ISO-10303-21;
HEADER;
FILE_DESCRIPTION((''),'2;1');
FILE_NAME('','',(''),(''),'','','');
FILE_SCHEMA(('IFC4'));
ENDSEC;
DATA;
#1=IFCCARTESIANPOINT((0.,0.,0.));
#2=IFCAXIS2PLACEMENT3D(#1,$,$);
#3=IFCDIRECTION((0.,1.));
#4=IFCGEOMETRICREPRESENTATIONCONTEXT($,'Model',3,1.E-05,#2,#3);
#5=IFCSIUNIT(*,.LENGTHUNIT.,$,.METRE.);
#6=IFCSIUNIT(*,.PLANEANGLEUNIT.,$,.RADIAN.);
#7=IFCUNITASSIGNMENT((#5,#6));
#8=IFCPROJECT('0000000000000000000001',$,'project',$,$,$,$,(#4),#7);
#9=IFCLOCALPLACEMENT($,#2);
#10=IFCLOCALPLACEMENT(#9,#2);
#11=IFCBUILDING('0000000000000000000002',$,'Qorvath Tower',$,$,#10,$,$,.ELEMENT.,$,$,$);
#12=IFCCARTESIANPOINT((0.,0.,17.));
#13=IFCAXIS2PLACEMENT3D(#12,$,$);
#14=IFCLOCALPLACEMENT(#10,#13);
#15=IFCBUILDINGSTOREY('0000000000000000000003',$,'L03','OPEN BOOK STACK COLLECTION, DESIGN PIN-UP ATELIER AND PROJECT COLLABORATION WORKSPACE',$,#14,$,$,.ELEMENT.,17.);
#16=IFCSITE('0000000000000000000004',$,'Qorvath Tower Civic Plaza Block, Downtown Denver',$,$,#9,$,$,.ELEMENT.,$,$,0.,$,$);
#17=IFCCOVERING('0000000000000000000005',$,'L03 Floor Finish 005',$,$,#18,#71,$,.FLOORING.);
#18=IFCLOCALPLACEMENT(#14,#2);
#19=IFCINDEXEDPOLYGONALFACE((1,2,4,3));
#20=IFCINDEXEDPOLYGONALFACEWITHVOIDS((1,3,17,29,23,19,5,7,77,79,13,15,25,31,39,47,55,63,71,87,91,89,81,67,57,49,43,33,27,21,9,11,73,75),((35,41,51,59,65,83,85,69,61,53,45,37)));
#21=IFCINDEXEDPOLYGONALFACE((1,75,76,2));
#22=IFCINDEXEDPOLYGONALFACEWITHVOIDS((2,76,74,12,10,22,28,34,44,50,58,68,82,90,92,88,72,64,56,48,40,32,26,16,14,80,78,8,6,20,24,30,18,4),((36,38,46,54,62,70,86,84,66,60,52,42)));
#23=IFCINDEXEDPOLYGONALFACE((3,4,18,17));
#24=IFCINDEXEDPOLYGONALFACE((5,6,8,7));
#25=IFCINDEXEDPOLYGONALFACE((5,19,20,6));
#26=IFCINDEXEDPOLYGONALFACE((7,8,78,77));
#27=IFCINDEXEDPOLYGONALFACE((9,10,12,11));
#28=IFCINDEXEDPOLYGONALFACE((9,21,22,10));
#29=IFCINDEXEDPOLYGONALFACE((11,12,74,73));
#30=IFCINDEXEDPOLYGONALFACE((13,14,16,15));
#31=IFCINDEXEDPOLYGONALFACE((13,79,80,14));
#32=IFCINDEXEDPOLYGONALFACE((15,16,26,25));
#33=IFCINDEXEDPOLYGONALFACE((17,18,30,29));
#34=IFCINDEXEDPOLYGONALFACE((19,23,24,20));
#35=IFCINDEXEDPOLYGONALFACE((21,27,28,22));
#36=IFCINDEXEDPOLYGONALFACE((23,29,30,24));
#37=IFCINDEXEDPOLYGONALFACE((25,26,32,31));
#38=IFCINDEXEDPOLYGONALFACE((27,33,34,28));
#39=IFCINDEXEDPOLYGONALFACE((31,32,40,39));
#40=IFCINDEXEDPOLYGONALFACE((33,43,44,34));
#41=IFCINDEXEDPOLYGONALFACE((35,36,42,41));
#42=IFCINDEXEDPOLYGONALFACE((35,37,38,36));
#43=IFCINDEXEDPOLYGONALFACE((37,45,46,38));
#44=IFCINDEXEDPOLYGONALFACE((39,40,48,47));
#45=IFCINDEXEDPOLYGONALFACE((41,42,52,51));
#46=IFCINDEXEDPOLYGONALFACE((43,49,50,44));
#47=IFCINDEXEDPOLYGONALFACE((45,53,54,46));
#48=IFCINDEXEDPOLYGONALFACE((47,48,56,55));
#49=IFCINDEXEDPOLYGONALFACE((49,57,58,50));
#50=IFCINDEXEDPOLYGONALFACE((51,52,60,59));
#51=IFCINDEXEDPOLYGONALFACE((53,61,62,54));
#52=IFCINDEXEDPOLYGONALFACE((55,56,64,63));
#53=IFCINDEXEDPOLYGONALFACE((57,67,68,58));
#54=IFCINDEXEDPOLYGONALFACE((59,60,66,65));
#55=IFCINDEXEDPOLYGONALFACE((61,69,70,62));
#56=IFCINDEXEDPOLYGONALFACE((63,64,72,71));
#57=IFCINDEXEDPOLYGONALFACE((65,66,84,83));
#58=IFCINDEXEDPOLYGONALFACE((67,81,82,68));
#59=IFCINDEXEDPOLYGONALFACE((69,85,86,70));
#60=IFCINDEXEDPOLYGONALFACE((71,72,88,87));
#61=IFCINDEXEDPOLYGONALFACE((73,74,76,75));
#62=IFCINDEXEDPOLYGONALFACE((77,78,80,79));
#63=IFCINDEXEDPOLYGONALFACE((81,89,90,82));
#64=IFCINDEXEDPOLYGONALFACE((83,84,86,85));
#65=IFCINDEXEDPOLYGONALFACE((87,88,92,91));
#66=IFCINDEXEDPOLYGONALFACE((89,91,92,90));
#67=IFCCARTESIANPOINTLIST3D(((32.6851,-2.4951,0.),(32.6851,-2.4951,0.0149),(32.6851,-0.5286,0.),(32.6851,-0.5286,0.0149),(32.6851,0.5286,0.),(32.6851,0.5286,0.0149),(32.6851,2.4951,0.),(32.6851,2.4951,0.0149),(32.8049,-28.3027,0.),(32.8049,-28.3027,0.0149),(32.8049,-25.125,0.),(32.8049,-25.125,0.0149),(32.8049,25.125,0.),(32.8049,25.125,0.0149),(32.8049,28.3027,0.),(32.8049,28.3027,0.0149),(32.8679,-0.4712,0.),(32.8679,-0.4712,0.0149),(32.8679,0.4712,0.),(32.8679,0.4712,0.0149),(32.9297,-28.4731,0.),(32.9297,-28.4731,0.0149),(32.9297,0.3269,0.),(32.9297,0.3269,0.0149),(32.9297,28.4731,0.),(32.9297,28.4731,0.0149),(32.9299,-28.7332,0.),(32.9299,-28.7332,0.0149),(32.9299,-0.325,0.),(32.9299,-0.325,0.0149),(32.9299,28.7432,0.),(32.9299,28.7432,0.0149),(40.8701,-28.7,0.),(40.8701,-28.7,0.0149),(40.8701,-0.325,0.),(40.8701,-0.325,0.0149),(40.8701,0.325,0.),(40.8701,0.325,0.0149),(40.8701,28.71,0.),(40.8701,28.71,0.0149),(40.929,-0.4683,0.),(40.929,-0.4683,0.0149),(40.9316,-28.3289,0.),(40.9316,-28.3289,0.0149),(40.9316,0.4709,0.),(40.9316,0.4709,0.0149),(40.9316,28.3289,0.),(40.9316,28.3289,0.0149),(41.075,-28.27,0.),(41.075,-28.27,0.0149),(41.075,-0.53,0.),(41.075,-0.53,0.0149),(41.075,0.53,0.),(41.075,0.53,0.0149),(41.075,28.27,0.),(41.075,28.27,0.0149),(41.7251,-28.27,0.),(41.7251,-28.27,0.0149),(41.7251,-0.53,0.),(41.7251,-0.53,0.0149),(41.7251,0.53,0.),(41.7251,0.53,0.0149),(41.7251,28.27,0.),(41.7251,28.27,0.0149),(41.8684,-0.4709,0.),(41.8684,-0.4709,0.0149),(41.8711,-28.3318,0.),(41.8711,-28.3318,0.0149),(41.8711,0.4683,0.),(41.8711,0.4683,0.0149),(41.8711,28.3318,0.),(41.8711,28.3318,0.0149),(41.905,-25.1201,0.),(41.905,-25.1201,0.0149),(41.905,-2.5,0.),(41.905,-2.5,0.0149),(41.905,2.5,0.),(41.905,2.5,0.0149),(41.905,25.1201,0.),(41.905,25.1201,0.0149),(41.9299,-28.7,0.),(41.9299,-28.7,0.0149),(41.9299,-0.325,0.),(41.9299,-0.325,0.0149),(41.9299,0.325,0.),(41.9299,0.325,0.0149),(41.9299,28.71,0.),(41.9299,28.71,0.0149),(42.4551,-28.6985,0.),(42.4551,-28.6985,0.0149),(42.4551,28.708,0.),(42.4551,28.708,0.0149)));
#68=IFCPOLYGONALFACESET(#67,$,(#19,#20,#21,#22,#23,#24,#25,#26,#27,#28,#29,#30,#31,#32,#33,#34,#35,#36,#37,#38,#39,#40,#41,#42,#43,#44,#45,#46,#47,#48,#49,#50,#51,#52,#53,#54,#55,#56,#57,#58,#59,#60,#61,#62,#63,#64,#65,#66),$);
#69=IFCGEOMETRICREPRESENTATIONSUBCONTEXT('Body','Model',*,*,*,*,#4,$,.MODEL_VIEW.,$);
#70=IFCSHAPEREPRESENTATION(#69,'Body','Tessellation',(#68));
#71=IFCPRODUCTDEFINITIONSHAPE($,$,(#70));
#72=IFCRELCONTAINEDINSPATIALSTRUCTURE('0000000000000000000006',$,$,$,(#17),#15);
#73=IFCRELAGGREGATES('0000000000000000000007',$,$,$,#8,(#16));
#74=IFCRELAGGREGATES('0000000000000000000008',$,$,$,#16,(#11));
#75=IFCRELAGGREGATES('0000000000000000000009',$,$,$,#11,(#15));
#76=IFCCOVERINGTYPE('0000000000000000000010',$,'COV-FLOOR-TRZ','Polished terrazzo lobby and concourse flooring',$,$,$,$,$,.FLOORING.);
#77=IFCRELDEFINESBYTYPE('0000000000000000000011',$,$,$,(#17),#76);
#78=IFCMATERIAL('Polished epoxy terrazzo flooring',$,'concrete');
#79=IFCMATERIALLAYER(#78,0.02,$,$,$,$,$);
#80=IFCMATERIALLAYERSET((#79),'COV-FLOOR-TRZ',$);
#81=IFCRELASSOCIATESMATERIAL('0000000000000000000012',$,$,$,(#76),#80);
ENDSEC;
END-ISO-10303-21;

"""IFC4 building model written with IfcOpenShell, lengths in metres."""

from ifc_helpers import new_model, si_unit, direction, frame, origin, place, context, subcontext, project, spatial, polyline, outline, extrude, material, layer, layer_set, type_object, element, save


model = new_model("IFC4")

# Units and contexts
model_context = context("Model", 3, precision=1e-05, world=origin(), true_north=direction((0.0, 1.0)))
body_context = subcontext(model_context, "Body", "Model", "MODEL_VIEW")
ifc_project = project(units=[si_unit("LENGTHUNIT", "METRE"), si_unit("PLANEANGLEUNIT", "RADIAN")], contexts=[model_context])

# Site, building, storey
site_placement = place(None, origin())
site = spatial("IfcSite", under=ifc_project, at=site_placement, Name="Qorvath Tower Civic Plaza Block, Downtown Denver", CompositionType="ELEMENT", RefElevation=0.0)
building_placement = place(site_placement, origin())
building = spatial("IfcBuilding", under=site, at=building_placement, Name="Qorvath Tower", CompositionType="ELEMENT")
storey_placement = place(building_placement, frame((0.0, 0.0, 17.0)))
storey = spatial("IfcBuildingStorey", under=building, at=storey_placement, Name="L03", Description="OPEN BOOK STACK COLLECTION, DESIGN PIN-UP ATELIER AND PROJECT COLLABORATION WORKSPACE", CompositionType="ELEMENT", Elevation=17.0)

# Covering
ifc_material_1 = material(Name="Polished epoxy terrazzo flooring", Category="concrete")
ifc_layer_1 = layer(ifc_material_1, 0.02)
ifc_layer_set_1 = layer_set([ifc_layer_1], Name="COV-FLOOR-TRZ")
covering_type_1 = type_object("IfcCoveringType", Name="COV-FLOOR-TRZ", Description="Polished terrazzo lobby and concourse flooring", PredefinedType="FLOORING", material=ifc_layer_set_1)
covering_1_placement = place(storey_placement, origin())
element("IfcCovering", 1, at=covering_1_placement, inside=storey, type_object=covering_type_1, Name="L03 Floor Finish 005", PredefinedType="FLOORING", context=body_context, shape_type="SweptSolid", body=[
    extrude(outline(polyline([(41.905, -25.1201), (32.8049, -25.125), (32.8049, -28.3027), (32.9297, -28.4731), (32.9299, -28.7332), (40.8701, -28.7), (40.9316, -28.3289), (41.075, -28.27), (41.7251, -28.27), (41.8711, -28.3318), (41.9299, -28.7), (42.4551, -28.6985), (42.4551, 28.708), (41.9299, 28.71), (41.8711, 28.3318), (41.7251, 28.27), (41.075, 28.27), (40.9316, 28.3289), (40.8701, 28.71), (32.9299, 28.7432), (32.9297, 28.4731), (32.8049, 28.3027), (32.8049, 25.125), (41.905, 25.1201), (41.905, 2.5), (32.6851, 2.4951), (32.6851, 0.5286), (32.8679, 0.4712), (32.9297, 0.3269), (32.9299, -0.325), (32.8679, -0.4712), (32.6851, -0.5286), (32.6851, -2.4951), (41.905, -2.5), (41.905, -25.1201)]), holes=[polyline([(40.929, -0.4683), (40.8701, -0.325), (40.8701, 0.325), (40.9316, 0.4709), (41.075, 0.53), (41.7251, 0.53), (41.8711, 0.4683), (41.9299, 0.325), (41.9299, -0.325), (41.8684, -0.4709), (41.7251, -0.53), (41.075, -0.53), (40.929, -0.4683)])]), origin(), (0.0, 0.0, 1.0), 0.0149),
])

save(model, "model.ifc")
